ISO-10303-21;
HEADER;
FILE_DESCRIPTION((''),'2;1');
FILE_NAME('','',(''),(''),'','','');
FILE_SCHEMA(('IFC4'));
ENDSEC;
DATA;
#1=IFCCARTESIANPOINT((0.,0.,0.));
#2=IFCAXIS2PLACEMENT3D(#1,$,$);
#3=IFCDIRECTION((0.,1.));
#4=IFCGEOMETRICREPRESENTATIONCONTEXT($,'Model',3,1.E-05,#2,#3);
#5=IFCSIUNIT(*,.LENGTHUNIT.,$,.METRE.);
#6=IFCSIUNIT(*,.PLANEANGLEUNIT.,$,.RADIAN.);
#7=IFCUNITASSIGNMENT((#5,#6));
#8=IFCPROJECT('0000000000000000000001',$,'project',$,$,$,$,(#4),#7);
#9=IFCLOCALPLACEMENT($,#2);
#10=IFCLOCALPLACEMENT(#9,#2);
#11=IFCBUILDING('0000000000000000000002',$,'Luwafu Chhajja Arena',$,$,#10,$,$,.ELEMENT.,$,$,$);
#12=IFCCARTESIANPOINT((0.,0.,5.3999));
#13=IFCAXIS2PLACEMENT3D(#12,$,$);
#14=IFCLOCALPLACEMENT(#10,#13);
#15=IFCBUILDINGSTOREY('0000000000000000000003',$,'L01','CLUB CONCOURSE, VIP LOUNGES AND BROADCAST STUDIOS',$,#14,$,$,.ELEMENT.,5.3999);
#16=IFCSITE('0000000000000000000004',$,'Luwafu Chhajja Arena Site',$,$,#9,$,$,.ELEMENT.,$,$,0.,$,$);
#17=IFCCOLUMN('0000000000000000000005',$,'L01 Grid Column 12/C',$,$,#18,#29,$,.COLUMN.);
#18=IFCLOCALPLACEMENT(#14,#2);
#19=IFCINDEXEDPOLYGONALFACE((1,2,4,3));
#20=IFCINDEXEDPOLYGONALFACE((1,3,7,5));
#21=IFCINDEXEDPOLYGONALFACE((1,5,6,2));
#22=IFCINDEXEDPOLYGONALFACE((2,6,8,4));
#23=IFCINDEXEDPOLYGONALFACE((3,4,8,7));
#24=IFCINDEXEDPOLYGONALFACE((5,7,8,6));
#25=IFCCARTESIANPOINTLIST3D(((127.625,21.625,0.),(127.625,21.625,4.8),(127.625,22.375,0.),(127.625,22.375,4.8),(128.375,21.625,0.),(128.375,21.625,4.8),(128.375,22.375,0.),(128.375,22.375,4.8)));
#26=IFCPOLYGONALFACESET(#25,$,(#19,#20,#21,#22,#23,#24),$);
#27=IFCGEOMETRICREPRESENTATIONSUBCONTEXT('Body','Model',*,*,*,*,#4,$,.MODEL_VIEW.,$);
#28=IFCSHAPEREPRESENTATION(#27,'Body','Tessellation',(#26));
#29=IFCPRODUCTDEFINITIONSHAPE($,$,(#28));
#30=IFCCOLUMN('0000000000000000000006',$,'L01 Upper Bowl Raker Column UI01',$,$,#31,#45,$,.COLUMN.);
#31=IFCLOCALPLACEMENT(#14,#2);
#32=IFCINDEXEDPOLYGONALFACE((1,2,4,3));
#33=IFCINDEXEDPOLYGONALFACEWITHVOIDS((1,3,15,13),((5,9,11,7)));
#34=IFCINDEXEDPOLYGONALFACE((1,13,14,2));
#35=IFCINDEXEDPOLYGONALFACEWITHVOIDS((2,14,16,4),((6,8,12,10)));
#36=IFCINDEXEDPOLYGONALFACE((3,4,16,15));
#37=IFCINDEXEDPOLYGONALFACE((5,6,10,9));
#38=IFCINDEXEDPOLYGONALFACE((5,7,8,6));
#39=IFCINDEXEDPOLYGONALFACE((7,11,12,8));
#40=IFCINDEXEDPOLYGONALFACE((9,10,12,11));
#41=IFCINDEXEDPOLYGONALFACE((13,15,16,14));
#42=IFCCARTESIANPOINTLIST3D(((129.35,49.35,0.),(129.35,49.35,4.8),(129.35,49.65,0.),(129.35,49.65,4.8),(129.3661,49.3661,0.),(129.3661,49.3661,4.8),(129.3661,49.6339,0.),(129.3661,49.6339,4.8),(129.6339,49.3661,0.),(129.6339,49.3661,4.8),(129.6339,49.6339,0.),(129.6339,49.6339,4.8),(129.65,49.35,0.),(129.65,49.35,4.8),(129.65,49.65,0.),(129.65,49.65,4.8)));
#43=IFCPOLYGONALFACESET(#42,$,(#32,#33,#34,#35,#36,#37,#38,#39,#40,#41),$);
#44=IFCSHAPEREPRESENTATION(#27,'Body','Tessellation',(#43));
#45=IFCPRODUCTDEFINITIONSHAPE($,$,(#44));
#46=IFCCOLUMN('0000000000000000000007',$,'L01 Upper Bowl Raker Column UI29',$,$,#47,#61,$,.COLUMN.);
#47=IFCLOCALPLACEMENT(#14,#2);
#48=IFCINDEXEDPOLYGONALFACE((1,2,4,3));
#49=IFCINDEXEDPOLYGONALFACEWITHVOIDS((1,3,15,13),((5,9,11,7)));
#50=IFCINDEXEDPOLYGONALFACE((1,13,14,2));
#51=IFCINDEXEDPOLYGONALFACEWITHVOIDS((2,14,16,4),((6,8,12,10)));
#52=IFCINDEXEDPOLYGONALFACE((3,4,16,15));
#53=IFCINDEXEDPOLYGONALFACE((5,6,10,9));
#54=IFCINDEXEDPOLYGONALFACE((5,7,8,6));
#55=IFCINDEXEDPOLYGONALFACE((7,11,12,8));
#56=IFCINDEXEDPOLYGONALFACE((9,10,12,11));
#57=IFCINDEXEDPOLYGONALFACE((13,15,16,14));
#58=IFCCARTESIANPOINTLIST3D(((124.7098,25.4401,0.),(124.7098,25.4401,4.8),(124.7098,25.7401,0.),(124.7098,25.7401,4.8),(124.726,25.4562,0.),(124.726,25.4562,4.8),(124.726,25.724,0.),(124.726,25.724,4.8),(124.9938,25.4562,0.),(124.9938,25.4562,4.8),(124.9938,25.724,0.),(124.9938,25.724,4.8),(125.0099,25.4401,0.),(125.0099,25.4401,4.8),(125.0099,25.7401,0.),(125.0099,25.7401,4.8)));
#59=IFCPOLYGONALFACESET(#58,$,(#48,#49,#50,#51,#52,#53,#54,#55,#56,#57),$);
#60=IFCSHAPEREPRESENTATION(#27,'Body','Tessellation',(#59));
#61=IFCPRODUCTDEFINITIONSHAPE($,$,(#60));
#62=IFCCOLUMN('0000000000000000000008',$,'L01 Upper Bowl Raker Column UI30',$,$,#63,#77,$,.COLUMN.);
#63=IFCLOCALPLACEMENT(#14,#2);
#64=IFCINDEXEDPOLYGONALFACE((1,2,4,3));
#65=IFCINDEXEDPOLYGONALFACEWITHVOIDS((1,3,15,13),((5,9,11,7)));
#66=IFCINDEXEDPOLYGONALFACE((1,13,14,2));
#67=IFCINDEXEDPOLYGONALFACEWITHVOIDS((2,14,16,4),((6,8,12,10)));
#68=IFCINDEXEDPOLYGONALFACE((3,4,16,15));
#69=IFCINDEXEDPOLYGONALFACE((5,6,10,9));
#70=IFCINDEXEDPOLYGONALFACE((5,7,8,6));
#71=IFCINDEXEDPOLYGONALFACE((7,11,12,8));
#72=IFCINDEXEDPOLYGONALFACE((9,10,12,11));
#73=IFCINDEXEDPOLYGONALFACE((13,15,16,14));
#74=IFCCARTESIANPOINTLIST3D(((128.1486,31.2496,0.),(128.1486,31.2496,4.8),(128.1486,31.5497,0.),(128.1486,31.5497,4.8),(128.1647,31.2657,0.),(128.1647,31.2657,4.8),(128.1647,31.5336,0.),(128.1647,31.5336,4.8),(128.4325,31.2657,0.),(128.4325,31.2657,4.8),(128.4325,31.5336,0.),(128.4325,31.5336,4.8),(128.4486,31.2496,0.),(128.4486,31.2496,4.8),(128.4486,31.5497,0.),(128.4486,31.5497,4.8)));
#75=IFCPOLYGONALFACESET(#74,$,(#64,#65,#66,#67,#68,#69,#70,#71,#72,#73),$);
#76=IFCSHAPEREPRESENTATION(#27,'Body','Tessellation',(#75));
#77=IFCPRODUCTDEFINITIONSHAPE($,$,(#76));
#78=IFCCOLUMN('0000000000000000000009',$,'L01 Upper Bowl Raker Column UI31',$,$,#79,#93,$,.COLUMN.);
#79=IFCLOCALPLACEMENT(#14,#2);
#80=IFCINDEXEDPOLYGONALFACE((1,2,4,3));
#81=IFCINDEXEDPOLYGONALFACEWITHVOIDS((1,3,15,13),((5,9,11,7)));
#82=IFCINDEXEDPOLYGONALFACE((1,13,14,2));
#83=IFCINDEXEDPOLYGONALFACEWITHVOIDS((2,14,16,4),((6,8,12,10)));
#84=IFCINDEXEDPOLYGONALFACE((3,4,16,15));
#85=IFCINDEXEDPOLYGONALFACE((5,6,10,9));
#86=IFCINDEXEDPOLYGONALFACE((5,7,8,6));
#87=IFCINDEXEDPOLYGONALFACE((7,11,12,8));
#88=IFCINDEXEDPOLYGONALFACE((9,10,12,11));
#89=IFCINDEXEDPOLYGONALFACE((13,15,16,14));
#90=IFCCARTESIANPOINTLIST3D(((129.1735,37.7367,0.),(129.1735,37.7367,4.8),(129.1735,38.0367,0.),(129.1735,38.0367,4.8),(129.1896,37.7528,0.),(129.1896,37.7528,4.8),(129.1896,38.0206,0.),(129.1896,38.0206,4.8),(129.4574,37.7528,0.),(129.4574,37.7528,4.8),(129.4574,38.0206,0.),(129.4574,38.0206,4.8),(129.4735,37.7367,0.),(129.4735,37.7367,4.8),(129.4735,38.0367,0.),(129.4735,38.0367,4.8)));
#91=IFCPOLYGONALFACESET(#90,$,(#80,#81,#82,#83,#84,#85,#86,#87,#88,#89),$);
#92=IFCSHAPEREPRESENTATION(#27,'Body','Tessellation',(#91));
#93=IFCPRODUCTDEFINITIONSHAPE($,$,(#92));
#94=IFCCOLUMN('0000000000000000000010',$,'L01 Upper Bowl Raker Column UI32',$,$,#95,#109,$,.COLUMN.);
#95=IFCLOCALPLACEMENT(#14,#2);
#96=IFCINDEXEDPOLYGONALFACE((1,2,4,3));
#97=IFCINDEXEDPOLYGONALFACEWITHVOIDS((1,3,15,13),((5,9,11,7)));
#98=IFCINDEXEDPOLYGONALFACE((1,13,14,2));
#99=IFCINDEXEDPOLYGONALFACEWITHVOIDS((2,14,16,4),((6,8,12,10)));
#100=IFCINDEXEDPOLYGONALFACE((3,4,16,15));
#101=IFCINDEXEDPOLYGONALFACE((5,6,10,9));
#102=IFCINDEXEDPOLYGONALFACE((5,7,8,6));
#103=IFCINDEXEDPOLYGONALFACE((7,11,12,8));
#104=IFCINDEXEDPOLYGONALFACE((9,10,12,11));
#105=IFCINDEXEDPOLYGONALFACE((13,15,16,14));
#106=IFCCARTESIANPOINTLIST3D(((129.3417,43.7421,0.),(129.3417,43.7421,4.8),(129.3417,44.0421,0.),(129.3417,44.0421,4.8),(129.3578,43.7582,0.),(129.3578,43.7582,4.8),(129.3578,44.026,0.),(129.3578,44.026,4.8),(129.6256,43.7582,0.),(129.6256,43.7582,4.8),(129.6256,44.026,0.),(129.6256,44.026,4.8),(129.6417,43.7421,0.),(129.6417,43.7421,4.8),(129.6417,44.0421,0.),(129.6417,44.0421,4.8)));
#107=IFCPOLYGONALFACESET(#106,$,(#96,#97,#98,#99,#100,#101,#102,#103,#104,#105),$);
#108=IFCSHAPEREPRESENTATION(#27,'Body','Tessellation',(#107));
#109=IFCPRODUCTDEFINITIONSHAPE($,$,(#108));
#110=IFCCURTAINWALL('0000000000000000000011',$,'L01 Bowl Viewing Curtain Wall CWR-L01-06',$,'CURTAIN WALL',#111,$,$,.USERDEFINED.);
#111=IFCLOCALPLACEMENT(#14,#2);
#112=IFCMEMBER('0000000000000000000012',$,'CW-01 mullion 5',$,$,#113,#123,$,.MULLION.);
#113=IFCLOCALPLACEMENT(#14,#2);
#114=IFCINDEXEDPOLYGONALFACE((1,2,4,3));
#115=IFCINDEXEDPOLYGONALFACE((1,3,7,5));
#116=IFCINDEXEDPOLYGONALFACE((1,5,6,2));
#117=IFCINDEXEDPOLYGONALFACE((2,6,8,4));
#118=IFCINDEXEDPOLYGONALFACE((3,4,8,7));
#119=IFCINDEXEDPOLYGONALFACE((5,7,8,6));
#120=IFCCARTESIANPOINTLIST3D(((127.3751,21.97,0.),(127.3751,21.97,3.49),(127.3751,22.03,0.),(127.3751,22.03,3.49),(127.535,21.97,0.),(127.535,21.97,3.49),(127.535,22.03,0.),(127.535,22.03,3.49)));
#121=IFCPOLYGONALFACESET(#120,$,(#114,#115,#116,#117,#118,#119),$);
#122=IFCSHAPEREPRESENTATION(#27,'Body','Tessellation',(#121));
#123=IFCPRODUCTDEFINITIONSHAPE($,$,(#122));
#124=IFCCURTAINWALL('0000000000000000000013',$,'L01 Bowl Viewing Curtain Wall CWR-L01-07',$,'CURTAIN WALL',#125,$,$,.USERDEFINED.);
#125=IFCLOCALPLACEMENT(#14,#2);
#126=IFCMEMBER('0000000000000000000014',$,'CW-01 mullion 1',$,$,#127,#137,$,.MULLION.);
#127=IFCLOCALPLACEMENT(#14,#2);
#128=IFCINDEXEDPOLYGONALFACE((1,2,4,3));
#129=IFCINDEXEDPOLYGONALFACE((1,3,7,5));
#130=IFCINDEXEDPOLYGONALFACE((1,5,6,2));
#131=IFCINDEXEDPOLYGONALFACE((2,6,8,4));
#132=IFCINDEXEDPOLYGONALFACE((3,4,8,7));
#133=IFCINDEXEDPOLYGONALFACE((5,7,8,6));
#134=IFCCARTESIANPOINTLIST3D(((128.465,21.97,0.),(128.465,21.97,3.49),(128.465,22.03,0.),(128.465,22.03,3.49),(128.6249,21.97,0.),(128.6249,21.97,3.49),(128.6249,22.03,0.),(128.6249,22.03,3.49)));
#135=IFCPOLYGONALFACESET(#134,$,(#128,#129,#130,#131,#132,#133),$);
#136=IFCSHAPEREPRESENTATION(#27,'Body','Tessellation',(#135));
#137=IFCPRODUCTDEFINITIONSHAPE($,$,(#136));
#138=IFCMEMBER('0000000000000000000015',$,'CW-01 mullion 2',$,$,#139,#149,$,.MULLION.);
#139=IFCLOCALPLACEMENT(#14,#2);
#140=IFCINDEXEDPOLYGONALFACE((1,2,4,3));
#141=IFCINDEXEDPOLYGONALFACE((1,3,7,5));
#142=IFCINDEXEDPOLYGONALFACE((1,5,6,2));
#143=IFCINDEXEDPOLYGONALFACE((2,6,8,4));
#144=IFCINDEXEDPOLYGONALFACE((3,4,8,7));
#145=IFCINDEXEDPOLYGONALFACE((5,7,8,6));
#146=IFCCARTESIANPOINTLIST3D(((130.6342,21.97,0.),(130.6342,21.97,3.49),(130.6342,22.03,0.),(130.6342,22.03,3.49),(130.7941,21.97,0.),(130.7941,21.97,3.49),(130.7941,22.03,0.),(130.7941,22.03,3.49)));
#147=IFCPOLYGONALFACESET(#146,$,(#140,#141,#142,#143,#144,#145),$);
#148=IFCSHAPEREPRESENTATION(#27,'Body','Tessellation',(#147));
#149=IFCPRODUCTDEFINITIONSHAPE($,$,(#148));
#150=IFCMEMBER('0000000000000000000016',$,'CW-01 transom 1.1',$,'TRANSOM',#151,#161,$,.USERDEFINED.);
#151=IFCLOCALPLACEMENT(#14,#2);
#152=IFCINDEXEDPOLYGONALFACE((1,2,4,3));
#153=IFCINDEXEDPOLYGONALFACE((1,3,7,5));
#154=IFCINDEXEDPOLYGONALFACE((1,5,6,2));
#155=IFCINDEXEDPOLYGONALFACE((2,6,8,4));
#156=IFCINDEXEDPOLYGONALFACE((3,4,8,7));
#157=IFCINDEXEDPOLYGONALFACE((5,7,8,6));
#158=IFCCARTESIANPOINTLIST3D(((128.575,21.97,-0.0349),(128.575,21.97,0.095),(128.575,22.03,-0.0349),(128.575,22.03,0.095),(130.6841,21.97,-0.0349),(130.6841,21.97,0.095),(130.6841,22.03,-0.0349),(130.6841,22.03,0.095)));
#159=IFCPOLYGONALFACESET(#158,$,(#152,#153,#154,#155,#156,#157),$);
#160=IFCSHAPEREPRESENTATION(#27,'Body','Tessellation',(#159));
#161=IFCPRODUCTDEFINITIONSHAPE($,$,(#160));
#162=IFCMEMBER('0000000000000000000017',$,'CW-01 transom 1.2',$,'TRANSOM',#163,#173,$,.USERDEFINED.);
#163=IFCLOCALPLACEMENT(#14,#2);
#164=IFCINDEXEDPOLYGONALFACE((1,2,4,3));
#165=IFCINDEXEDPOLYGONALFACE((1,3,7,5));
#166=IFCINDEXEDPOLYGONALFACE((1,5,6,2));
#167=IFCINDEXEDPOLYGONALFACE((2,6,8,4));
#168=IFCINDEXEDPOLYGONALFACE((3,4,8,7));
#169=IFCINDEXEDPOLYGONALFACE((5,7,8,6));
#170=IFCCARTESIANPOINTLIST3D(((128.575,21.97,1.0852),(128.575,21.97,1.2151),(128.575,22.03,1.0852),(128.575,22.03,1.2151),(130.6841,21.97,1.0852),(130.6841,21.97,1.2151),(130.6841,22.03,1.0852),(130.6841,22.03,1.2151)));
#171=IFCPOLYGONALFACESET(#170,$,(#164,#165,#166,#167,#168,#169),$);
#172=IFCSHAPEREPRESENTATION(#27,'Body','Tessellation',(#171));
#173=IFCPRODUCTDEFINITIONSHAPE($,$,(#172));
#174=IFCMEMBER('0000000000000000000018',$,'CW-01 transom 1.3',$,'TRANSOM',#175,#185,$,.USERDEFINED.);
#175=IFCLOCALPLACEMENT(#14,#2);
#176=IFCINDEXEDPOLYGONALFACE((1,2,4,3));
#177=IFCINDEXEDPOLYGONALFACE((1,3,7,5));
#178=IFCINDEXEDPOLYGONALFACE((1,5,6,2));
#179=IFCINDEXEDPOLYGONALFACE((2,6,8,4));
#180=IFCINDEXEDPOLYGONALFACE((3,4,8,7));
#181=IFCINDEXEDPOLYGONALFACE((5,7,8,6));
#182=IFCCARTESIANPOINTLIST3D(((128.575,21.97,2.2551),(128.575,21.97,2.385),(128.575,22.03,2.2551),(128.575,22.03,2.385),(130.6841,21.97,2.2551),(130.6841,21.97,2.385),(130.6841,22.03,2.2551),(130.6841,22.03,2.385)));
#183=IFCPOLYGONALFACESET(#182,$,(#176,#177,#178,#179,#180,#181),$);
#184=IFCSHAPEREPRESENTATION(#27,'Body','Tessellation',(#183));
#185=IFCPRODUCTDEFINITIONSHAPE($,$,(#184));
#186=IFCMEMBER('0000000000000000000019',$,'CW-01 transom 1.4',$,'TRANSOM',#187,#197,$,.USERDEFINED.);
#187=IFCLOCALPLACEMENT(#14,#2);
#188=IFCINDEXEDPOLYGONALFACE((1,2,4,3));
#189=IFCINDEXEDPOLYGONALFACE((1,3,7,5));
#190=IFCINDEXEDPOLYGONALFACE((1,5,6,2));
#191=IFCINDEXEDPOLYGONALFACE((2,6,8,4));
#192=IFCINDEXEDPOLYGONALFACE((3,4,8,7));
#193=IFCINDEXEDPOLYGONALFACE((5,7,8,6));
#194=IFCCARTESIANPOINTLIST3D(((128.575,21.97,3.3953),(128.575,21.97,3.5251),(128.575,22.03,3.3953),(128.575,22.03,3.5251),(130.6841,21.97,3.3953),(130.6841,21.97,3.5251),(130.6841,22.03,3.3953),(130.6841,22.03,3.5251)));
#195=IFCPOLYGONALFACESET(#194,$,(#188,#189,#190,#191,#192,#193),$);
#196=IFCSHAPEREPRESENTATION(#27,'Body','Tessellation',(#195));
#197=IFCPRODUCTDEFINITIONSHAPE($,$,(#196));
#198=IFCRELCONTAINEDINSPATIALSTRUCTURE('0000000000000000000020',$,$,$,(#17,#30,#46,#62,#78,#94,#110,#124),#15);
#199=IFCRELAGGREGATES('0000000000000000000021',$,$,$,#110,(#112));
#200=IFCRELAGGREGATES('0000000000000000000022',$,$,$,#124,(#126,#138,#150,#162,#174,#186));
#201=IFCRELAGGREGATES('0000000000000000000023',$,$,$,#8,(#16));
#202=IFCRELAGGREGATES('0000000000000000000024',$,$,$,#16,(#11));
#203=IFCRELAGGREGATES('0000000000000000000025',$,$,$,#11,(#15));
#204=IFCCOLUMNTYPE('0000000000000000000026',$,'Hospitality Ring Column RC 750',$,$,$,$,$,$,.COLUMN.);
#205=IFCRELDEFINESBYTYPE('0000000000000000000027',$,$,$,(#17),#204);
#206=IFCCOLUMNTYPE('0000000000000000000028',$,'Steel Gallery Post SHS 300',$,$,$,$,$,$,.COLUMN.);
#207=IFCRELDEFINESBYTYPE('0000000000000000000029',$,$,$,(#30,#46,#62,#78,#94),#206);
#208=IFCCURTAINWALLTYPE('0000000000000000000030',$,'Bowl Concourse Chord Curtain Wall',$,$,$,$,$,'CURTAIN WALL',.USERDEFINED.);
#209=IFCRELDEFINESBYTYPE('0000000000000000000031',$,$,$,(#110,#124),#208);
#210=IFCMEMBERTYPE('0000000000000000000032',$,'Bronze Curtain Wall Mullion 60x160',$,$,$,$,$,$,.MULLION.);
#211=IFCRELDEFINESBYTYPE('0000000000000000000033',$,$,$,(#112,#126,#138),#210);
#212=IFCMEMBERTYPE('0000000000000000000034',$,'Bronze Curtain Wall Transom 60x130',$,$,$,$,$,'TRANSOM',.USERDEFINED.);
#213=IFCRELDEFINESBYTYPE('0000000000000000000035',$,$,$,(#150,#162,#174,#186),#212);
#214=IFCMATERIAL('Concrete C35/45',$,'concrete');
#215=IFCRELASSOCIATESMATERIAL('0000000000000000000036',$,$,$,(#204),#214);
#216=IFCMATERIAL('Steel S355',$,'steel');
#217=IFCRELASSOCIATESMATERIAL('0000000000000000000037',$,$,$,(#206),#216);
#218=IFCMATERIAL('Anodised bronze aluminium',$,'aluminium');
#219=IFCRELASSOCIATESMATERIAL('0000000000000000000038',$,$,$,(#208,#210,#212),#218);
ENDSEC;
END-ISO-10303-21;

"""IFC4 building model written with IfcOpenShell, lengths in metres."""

from ifc_helpers import new_model, si_unit, direction, frame, origin, origin_2d, place, context, subcontext, project, spatial, rectangle, hollow_rectangle, extrude, material, material_profile, profile_set, type_object, element, aggregate, save


model = new_model("IFC4")

# Units and contexts
model_context = context("Model", 3, precision=1e-05, world=origin(), true_north=direction((0.0, 1.0)))
body_context = subcontext(model_context, "Body", "Model", "MODEL_VIEW")
ifc_project = project(units=[si_unit("LENGTHUNIT", "METRE"), si_unit("PLANEANGLEUNIT", "RADIAN")], contexts=[model_context])

# Site, building, storey
site_placement = place(None, origin())
site = spatial("IfcSite", under=ifc_project, at=site_placement, Name="Luwafu Chhajja Arena Site", CompositionType="ELEMENT", RefElevation=0.0)
building_placement = place(site_placement, origin())
building = spatial("IfcBuilding", under=site, at=building_placement, Name="Luwafu Chhajja Arena", CompositionType="ELEMENT")
storey_placement = place(building_placement, frame((0.0, 0.0, 5.3999)))
storey = spatial("IfcBuildingStorey", under=building, at=storey_placement, Name="L01", Description="CLUB CONCOURSE, VIP LOUNGES AND BROADCAST STUDIOS", CompositionType="ELEMENT", Elevation=5.3999)

# Columns
ifc_material_1 = material(Name="Concrete C35/45", Category="concrete")
ifc_material_profile_1 = material_profile(ifc_material_1, rectangle(XDim=0.75, YDim=0.75, at=origin_2d()), Name="RC 750x750")
ifc_profile_set_1 = profile_set([ifc_material_profile_1], Name="Concrete C35/45")
column_type_1 = type_object("IfcColumnType", Name="Hospitality Ring Column RC 750", PredefinedType="COLUMN", material=ifc_profile_set_1)
column_placement = place(storey_placement, frame((128.0, 22.0, 0.0), z_axis=(0.0, 0.0, 1.0), x_axis=(1.0, 0.0, 0.0)))
element("IfcColumn", 1, at=column_placement, inside=storey, type_object=column_type_1, Name="L01 Grid Column 12/C", PredefinedType="COLUMN", context=body_context, shape_type="SweptSolid", body=[
    extrude(rectangle(XDim=0.75, YDim=0.75, at=origin_2d()), origin(), (0.0, 0.0, 1.0), 4.8),
])
ifc_material_2 = material(Name="Steel S355", Category="steel")
ifc_material_profile_2 = material_profile(ifc_material_2, hollow_rectangle(XDim=0.3, YDim=0.3, WallThickness=0.0161, at=origin_2d()), Name="SHS 300x300x16")
ifc_profile_set_2 = profile_set([ifc_material_profile_2], Name="Steel S355")
column_type_2 = type_object("IfcColumnType", Name="Steel Gallery Post SHS 300", PredefinedType="COLUMN", material=ifc_profile_set_2)
for number, where, z_axis, x_axis, name in (
    (2, (129.5, 49.5, 0.0), (0.0, 0.0, 1.0), (1.0, 0.0, 0.0), "L01 Upper Bowl Raker Column UI01"),
    (3, (124.8599, 25.5901, 0.0), (0.0, 0.0, 1.0), (1.0, 0.0, 0.0), "L01 Upper Bowl Raker Column UI29"),
    (4, (128.2986, 31.3997, 0.0), (0.0, 0.0, 1.0), (1.0, 0.0, 0.0), "L01 Upper Bowl Raker Column UI30"),
    (5, (129.3235, 37.8867, 0.0), (0.0, 0.0, 1.0), (1.0, 0.0, 0.0), "L01 Upper Bowl Raker Column UI31"),
    (6, (129.4917, 43.8921, 0.0), (0.0, 0.0, 1.0), (1.0, 0.0, 0.0), "L01 Upper Bowl Raker Column UI32"),
):
    element("IfcColumn", number, at=place(storey_placement, frame(where, z_axis=z_axis, x_axis=x_axis)), inside=storey, type_object=column_type_2, Name=name, PredefinedType="COLUMN", context=body_context, shape_type="SweptSolid", body=[
        extrude(hollow_rectangle(XDim=0.3, YDim=0.3, WallThickness=0.0161, at=origin_2d()), origin(), (0.0, 0.0, 1.0), 4.8),
    ])

# Curtain wall, member
ifc_material_3 = material(Name="Anodised bronze aluminium", Category="aluminium")
curtain_wall_type = type_object("IfcCurtainWallType", Name="Bowl Concourse Chord Curtain Wall", ElementType="CURTAIN WALL", PredefinedType="USERDEFINED", material=ifc_material_3)
curtain_wall_1_placement = place(storey_placement, origin())
curtain_wall_1 = element("IfcCurtainWall", 7, at=curtain_wall_1_placement, inside=storey, type_object=curtain_wall_type, Name="L01 Bowl Viewing Curtain Wall CWR-L01-06", ObjectType="CURTAIN WALL", PredefinedType="USERDEFINED")
ifc_material_profile_3 = material_profile(ifc_material_3, rectangle(XDim=0.0601, YDim=0.1599, at=origin_2d()), Name="CWM 60x160")
ifc_profile_set_3 = profile_set([ifc_material_profile_3], Name="Anodised bronze aluminium")
member_type_1 = type_object("IfcMemberType", Name="Bronze Curtain Wall Mullion 60x160", PredefinedType="MULLION", material=ifc_profile_set_3)
member_1_placement = place(storey_placement, frame((127.4551, 22.0, 0.0), z_axis=(0.0, 0.0, 1.0), x_axis=(0.0, 1.0, 0.0)))
member_1 = element("IfcMember", 8, at=member_1_placement, type_object=member_type_1, Name="CW-01 mullion 5", PredefinedType="MULLION", context=body_context, shape_type="SweptSolid", body=[
    extrude(rectangle(XDim=0.0601, YDim=0.1599, at=origin_2d()), origin(), (0.0, 0.0, 1.0), 3.49),
])

# Curtain wall, members
curtain_wall_2_placement = place(storey_placement, origin())
curtain_wall_2 = element("IfcCurtainWall", 9, at=curtain_wall_2_placement, inside=storey, type_object=curtain_wall_type, Name="L01 Bowl Viewing Curtain Wall CWR-L01-07", ObjectType="CURTAIN WALL", PredefinedType="USERDEFINED")
member_2_placement = place(storey_placement, frame((128.5449, 22.0, 0.0), z_axis=(0.0, 0.0, 1.0), x_axis=(0.0, 1.0, 0.0)))
member_2 = element("IfcMember", 10, at=member_2_placement, type_object=member_type_1, Name="CW-01 mullion 1", PredefinedType="MULLION", context=body_context, shape_type="SweptSolid", body=[
    extrude(rectangle(XDim=0.0601, YDim=0.1599, at=origin_2d()), origin(), (0.0, 0.0, 1.0), 3.49),
])
member_3_placement = place(storey_placement, frame((130.7141, 22.0, 0.0), z_axis=(0.0, 0.0, 1.0), x_axis=(0.0, 1.0, 0.0)))
member_3 = element("IfcMember", 11, at=member_3_placement, type_object=member_type_1, Name="CW-01 mullion 2", PredefinedType="MULLION", context=body_context, shape_type="SweptSolid", body=[
    extrude(rectangle(XDim=0.0601, YDim=0.1599, at=origin_2d()), origin(), (0.0, 0.0, 1.0), 3.49),
])
ifc_material_profile_4 = material_profile(ifc_material_3, rectangle(XDim=0.0601, YDim=0.1299, at=origin_2d()), Name="CWT 60x130")
ifc_profile_set_4 = profile_set([ifc_material_profile_4], Name="Anodised bronze aluminium")
member_type_2 = type_object("IfcMemberType", Name="Bronze Curtain Wall Transom 60x130", ElementType="TRANSOM", PredefinedType="USERDEFINED", material=ifc_profile_set_4)
member_4_placement = place(storey_placement, frame((128.575, 22.0, 0.03), z_axis=(1.0, 0.0, 0.0), x_axis=(0.0, 1.0, 0.0)))
member_4 = element("IfcMember", 12, at=member_4_placement, type_object=member_type_2, Name="CW-01 transom 1.1", ObjectType="TRANSOM", PredefinedType="USERDEFINED", context=body_context, shape_type="SweptSolid", body=[
    extrude(rectangle(XDim=0.0601, YDim=0.1299, at=origin_2d()), origin(), (0.0, 0.0, 1.0), 2.1091),
])
member_5_placement = place(storey_placement, frame((128.575, 22.0, 1.1501), z_axis=(1.0, 0.0, 0.0), x_axis=(0.0, 1.0, 0.0)))
member_5 = element("IfcMember", 13, at=member_5_placement, type_object=member_type_2, Name="CW-01 transom 1.2", ObjectType="TRANSOM", PredefinedType="USERDEFINED", context=body_context, shape_type="SweptSolid", body=[
    extrude(rectangle(XDim=0.0601, YDim=0.1299, at=origin_2d()), origin(), (0.0, 0.0, 1.0), 2.1091),
])
member_6_placement = place(storey_placement, frame((128.575, 22.0, 2.3201), z_axis=(1.0, 0.0, 0.0), x_axis=(0.0, 1.0, 0.0)))
member_6 = element("IfcMember", 14, at=member_6_placement, type_object=member_type_2, Name="CW-01 transom 1.3", ObjectType="TRANSOM", PredefinedType="USERDEFINED", context=body_context, shape_type="SweptSolid", body=[
    extrude(rectangle(XDim=0.0601, YDim=0.1299, at=origin_2d()), origin(), (0.0, 0.0, 1.0), 2.1091),
])
member_7_placement = place(storey_placement, frame((128.575, 22.0, 3.4602), z_axis=(1.0, 0.0, 0.0), x_axis=(0.0, 1.0, 0.0)))
member_7 = element("IfcMember", 15, at=member_7_placement, type_object=member_type_2, Name="CW-01 transom 1.4", ObjectType="TRANSOM", PredefinedType="USERDEFINED", context=body_context, shape_type="SweptSolid", body=[
    extrude(rectangle(XDim=0.0601, YDim=0.1299, at=origin_2d()), origin(), (0.0, 0.0, 1.0), 2.1091),
])

aggregate(curtain_wall_1, [member_1])
aggregate(curtain_wall_2, [member_2, member_3, member_4, member_5, member_6, member_7])

save(model, "model.ifc")
